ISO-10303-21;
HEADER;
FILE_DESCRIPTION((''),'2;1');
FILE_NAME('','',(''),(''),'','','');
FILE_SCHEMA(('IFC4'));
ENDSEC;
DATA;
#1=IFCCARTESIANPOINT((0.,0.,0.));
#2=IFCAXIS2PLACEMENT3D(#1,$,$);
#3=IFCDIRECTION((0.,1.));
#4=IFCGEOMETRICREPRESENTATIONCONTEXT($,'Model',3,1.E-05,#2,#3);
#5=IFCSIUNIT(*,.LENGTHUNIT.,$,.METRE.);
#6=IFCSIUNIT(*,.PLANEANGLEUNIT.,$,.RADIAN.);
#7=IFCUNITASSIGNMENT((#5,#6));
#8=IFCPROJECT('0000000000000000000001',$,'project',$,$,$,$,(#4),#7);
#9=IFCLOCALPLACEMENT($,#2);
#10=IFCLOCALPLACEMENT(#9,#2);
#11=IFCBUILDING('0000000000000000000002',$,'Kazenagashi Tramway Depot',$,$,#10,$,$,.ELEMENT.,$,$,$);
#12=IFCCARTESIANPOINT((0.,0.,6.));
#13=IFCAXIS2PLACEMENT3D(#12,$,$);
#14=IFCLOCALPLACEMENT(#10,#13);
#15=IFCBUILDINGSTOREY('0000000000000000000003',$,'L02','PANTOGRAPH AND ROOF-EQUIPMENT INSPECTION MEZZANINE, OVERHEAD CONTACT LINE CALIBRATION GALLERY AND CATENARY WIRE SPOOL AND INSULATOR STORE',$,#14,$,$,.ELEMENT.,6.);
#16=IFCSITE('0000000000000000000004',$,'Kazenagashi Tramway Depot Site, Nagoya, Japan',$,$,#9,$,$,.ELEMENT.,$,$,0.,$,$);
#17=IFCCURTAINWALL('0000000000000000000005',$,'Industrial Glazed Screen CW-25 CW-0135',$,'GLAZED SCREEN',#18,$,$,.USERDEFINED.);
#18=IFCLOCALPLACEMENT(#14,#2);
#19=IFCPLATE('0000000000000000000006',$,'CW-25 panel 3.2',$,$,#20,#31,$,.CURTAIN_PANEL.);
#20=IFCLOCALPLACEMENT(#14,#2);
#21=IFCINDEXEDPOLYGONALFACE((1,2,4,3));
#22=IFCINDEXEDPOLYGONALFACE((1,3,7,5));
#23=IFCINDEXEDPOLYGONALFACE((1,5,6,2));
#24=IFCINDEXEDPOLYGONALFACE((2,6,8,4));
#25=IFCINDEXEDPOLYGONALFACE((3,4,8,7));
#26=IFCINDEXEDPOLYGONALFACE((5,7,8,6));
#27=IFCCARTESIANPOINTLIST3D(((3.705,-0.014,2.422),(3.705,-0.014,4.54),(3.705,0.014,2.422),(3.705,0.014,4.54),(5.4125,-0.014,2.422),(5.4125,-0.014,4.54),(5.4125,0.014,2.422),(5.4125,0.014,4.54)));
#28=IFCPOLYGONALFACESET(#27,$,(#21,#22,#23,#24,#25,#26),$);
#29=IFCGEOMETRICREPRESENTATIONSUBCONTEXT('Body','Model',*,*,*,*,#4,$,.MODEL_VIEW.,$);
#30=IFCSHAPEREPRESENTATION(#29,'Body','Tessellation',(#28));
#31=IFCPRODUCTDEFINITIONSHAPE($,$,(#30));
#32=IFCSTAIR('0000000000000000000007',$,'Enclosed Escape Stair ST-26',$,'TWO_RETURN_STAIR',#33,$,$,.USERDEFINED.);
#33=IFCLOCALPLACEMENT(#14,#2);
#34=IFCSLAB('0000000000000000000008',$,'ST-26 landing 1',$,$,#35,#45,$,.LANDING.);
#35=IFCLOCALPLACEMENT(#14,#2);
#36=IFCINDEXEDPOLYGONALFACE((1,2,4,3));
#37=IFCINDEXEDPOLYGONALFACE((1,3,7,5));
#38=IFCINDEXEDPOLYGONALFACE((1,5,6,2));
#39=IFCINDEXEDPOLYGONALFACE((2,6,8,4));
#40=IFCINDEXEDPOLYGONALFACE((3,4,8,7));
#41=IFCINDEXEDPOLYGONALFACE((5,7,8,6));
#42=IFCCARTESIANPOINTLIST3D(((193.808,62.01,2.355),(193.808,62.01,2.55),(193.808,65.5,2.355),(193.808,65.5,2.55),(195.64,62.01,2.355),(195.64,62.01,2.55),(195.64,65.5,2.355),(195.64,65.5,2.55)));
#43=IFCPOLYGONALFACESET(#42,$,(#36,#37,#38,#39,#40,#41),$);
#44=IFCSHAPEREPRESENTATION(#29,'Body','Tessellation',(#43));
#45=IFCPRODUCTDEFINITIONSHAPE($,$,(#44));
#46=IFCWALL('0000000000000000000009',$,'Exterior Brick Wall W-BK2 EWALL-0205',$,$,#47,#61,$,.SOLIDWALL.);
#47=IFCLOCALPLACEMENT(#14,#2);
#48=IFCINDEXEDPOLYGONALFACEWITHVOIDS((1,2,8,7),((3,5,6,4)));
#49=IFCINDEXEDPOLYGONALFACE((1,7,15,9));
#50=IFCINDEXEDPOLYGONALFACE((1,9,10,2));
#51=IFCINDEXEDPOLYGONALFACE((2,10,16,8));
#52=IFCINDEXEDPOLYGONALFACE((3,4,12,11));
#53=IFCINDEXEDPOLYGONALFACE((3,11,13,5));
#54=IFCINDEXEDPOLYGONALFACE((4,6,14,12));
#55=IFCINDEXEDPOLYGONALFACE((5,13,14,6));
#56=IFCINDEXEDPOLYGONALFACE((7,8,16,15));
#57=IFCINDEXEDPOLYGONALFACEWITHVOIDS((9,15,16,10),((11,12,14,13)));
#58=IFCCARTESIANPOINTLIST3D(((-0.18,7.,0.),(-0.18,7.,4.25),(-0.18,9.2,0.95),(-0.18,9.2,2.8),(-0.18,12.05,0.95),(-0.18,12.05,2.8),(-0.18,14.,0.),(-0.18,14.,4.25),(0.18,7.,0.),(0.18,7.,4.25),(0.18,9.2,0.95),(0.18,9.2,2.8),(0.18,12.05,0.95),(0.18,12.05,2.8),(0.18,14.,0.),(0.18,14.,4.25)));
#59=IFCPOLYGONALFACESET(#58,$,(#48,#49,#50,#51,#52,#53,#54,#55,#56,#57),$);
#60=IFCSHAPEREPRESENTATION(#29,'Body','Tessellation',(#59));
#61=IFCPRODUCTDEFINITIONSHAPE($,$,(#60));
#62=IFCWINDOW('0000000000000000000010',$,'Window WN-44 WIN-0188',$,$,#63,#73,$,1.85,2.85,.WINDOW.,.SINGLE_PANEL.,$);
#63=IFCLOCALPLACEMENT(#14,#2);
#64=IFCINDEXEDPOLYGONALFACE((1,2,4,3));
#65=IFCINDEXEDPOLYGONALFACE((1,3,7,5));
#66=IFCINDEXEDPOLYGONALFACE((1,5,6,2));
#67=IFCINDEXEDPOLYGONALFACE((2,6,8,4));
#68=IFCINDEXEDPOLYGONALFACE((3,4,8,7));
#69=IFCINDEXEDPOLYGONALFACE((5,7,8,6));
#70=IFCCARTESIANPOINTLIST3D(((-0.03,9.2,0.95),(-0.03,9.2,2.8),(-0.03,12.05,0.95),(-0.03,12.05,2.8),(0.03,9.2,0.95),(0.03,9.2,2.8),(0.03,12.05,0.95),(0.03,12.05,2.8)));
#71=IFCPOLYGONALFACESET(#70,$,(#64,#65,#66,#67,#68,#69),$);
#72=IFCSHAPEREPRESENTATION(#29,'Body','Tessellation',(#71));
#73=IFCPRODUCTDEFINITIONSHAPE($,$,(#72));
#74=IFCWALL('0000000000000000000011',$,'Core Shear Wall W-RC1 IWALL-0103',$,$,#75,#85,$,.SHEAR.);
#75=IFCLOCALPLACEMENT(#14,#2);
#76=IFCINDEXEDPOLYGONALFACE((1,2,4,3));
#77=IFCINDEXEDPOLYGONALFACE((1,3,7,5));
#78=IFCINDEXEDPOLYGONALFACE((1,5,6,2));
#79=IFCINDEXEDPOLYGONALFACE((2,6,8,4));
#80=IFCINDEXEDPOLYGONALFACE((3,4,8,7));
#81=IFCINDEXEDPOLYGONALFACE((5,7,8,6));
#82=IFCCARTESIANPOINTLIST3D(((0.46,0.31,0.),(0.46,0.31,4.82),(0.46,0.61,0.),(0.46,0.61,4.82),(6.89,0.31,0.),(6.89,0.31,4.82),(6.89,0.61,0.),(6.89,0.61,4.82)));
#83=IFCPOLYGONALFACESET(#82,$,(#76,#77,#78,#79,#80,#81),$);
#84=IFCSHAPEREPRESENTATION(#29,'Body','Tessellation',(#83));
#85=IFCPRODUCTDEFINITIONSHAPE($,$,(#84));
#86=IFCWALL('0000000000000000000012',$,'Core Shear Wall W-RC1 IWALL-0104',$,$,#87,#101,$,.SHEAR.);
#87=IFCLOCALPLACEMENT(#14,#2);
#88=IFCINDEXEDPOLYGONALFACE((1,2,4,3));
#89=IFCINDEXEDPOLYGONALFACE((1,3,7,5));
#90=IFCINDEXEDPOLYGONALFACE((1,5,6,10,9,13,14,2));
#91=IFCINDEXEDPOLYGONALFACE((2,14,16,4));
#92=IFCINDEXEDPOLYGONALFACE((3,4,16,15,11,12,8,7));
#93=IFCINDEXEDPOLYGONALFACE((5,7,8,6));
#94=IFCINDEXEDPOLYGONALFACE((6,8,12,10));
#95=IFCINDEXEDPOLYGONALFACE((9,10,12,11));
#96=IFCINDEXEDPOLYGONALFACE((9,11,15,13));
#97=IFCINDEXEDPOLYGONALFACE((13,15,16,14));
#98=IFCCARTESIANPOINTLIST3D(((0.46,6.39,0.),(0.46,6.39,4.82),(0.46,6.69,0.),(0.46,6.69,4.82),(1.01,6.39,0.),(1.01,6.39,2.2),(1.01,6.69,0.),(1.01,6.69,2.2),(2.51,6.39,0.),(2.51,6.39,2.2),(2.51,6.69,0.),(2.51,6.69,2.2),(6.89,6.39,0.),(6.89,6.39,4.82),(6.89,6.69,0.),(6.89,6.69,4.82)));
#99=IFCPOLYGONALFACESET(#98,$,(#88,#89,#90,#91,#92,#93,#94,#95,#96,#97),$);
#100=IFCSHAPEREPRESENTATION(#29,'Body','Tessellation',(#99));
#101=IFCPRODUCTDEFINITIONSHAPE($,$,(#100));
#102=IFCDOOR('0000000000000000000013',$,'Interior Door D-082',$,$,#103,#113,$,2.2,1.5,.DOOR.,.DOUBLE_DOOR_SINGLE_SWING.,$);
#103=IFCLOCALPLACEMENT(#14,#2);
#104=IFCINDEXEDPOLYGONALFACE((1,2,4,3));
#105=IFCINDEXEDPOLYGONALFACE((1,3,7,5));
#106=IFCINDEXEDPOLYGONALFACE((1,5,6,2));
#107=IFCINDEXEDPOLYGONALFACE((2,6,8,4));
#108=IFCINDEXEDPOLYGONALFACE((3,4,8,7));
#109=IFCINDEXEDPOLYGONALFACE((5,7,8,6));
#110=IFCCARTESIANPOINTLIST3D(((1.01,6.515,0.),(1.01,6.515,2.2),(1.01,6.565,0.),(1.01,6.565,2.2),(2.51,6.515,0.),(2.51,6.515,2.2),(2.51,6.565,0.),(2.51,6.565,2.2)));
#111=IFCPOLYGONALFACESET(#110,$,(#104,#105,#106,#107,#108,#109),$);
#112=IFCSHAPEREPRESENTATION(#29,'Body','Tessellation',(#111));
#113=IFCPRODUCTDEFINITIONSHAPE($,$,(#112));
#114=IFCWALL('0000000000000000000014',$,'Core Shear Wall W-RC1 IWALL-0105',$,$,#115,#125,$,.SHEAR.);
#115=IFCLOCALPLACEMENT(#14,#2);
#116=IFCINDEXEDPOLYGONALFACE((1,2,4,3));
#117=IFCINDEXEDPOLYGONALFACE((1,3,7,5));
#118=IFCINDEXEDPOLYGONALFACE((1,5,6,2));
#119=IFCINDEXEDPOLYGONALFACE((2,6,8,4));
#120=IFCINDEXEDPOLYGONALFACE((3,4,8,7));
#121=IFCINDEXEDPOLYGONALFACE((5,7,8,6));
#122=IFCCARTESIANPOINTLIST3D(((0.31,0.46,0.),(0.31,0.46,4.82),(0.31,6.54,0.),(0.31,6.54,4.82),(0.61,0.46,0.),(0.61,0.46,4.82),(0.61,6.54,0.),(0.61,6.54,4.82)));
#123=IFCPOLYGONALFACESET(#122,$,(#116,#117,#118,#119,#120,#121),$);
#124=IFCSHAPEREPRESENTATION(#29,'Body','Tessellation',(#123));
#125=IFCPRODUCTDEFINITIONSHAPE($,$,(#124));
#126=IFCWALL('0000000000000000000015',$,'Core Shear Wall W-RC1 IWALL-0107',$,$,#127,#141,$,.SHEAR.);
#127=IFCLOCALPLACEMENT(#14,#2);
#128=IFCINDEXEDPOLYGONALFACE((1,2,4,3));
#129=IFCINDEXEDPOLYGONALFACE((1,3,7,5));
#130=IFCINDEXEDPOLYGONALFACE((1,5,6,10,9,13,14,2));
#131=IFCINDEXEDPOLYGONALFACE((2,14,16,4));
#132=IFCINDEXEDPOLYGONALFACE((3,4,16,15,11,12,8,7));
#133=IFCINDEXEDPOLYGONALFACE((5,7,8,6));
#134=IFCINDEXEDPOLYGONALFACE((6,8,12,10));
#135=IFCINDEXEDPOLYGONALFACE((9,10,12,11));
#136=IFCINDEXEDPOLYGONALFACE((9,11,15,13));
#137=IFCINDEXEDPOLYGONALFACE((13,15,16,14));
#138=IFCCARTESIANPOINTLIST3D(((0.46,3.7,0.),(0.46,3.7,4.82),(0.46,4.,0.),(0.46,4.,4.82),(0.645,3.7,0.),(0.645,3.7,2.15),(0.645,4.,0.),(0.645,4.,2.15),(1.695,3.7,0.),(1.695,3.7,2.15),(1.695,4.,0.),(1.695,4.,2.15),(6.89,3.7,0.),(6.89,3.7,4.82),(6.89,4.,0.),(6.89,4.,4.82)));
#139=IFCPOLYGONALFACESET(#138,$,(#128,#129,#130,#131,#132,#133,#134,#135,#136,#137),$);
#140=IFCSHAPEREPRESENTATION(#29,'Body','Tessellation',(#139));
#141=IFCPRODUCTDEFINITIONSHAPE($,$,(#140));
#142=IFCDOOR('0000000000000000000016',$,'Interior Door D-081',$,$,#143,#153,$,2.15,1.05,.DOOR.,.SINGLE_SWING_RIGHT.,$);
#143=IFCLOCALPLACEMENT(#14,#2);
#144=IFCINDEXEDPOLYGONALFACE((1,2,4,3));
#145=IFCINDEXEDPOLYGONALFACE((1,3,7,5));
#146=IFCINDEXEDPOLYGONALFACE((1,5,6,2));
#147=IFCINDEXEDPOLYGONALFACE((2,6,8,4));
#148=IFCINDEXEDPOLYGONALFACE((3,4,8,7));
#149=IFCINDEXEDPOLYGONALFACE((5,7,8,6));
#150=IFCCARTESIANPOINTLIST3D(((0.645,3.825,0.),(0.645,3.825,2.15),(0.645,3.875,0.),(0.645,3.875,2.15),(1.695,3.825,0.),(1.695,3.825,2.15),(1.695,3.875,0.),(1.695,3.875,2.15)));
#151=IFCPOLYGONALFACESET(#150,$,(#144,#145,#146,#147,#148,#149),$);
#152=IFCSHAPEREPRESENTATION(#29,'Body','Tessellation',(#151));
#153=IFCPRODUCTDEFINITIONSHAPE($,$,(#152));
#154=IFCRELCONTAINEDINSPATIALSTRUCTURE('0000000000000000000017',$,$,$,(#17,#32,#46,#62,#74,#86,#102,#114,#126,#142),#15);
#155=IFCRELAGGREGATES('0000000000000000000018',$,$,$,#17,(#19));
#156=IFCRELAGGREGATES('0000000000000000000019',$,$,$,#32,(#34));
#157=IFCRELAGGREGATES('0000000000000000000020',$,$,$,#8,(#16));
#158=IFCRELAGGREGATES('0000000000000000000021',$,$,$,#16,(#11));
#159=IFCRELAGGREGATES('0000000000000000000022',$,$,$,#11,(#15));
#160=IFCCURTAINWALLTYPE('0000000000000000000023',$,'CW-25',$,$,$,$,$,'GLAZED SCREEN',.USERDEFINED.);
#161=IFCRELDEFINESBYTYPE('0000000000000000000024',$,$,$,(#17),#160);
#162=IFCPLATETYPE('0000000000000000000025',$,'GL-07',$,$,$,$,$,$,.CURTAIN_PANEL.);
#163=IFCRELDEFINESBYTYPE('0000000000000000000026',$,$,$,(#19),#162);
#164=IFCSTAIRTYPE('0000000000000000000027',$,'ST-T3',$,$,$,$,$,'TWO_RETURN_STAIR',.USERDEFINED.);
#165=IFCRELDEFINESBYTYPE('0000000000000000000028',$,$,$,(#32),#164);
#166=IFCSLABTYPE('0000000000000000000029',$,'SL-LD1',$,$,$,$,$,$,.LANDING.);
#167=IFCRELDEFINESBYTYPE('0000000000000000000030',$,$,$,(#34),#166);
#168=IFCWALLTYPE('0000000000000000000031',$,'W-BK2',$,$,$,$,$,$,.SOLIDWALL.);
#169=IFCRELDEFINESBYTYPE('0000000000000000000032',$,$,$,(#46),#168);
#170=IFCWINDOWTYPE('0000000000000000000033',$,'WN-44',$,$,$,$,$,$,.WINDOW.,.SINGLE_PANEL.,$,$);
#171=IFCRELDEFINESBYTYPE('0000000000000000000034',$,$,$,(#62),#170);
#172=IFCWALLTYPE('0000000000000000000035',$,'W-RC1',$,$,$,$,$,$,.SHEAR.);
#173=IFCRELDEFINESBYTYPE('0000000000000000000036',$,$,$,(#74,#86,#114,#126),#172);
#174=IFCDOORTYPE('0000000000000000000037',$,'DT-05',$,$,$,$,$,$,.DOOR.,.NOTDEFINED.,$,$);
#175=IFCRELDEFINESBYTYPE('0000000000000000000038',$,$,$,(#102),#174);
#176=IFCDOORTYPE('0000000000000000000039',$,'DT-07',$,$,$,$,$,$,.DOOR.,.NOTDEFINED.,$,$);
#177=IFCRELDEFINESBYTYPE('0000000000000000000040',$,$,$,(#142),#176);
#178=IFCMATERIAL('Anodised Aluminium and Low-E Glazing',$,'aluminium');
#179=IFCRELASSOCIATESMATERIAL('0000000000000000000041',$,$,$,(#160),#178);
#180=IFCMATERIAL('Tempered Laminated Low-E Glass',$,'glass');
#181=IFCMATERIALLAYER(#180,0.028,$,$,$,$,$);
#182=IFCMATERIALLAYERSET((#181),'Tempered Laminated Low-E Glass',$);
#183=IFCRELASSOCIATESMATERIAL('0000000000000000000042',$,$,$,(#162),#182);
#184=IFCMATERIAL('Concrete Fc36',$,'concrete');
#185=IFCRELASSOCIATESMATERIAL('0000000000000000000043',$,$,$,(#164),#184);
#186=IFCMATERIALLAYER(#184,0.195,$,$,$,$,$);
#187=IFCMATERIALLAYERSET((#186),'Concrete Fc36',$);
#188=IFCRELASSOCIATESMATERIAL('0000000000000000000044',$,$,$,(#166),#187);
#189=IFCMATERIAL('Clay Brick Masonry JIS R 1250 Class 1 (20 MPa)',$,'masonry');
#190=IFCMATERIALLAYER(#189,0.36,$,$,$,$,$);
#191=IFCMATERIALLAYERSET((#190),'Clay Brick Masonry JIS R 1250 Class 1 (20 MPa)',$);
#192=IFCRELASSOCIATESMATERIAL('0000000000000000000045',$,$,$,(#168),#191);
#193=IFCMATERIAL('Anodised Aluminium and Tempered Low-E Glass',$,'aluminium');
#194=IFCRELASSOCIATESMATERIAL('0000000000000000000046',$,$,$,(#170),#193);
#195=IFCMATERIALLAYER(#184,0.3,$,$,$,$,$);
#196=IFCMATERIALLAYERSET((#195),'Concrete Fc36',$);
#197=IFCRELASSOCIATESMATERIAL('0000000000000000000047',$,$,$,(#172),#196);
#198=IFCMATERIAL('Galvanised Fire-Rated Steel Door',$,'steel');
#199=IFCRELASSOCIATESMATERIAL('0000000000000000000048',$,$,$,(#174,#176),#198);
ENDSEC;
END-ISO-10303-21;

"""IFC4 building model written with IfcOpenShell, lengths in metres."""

from ifc_helpers import new_model, si_unit, direction, frame, frame_2d, origin, origin_2d, place, context, subcontext, project, spatial, polyline, rectangle, outline, extrude, material, layer, layer_set, type_object, element, fill, aggregate, save


model = new_model("IFC4")

# Units and contexts
model_context = context("Model", 3, precision=1e-05, world=origin(), true_north=direction((0.0, 1.0)))
body_context = subcontext(model_context, "Body", "Model", "MODEL_VIEW")
ifc_project = project(units=[si_unit("LENGTHUNIT", "METRE"), si_unit("PLANEANGLEUNIT", "RADIAN")], contexts=[model_context])

# Site, building, storey
site_placement = place(None, origin())
site = spatial("IfcSite", under=ifc_project, at=site_placement, Name="Kazenagashi Tramway Depot Site, Nagoya, Japan", CompositionType="ELEMENT", RefElevation=0.0)
building_placement = place(site_placement, origin())
building = spatial("IfcBuilding", under=site, at=building_placement, Name="Kazenagashi Tramway Depot", CompositionType="ELEMENT")
storey_placement = place(building_placement, frame((0.0, 0.0, 6.0)))
storey = spatial("IfcBuildingStorey", under=building, at=storey_placement, Name="L02", Description="PANTOGRAPH AND ROOF-EQUIPMENT INSPECTION MEZZANINE, OVERHEAD CONTACT LINE CALIBRATION GALLERY AND CATENARY WIRE SPOOL AND INSULATOR STORE", CompositionType="ELEMENT", Elevation=6.0)

# Curtain wall
ifc_material_1 = material(Name="Anodised Aluminium and Low-E Glazing", Category="aluminium")
curtain_wall_type = type_object("IfcCurtainWallType", Name="CW-25", ElementType="GLAZED SCREEN", PredefinedType="USERDEFINED", material=ifc_material_1)
curtain_wall_placement = place(storey_placement, origin())
curtain_wall = element("IfcCurtainWall", 1, at=curtain_wall_placement, inside=storey, type_object=curtain_wall_type, Name="Industrial Glazed Screen CW-25 CW-0135", ObjectType="GLAZED SCREEN", PredefinedType="USERDEFINED")

# Plate
ifc_material_2 = material(Name="Tempered Laminated Low-E Glass", Category="glass")
ifc_layer_1 = layer(ifc_material_2, 0.028)
ifc_layer_set_1 = layer_set([ifc_layer_1], Name="Tempered Laminated Low-E Glass")
plate_type = type_object("IfcPlateType", Name="GL-07", PredefinedType="CURTAIN_PANEL", material=ifc_layer_set_1)
plate_1_placement = place(storey_placement, frame((4.5587, 0.0, 2.422), z_axis=(0.0, 0.0, 1.0), x_axis=(1.0, 0.0, 0.0)))
plate_1 = element("IfcPlate", 2, at=plate_1_placement, type_object=plate_type, Name="CW-25 panel 3.2", PredefinedType="CURTAIN_PANEL", context=body_context, shape_type="SweptSolid", body=[
    extrude(rectangle(XDim=1.7075, YDim=0.028, at=origin_2d()), origin(), (0.0, 0.0, 1.0), 2.118),
])
aggregate(curtain_wall, [plate_1])

# Stair, slab
ifc_material_3 = material(Name="Concrete Fc36", Category="concrete")
stair_type_1 = type_object("IfcStairType", Name="ST-T3", ElementType="TWO_RETURN_STAIR", PredefinedType="USERDEFINED", material=ifc_material_3)
stair_1_placement = place(storey_placement, origin())
stair_1 = element("IfcStair", 3, at=stair_1_placement, inside=storey, type_object=stair_type_1, Name="Enclosed Escape Stair ST-26", ObjectType="TWO_RETURN_STAIR", PredefinedType="USERDEFINED")
ifc_layer_2 = layer(ifc_material_3, 0.195)
ifc_layer_set_2 = layer_set([ifc_layer_2], Name="Concrete Fc36")
slab_type = type_object("IfcSlabType", Name="SL-LD1", PredefinedType="LANDING", material=ifc_layer_set_2)
slab_placement = place(storey_placement, frame((0.0, 0.0, 2.355)))
slab = element("IfcSlab", 4, at=slab_placement, type_object=slab_type, Name="ST-26 landing 1", PredefinedType="LANDING", context=body_context, shape_type="SweptSolid", body=[
    extrude(outline(polyline([(193.808, 62.01), (195.64, 62.01), (195.64, 65.5), (193.808, 65.5), (193.808, 62.01)])), origin(), (0.0, 0.0, 1.0), 0.195),
])
aggregate(stair_1, [slab])

# Wall, opening, window
ifc_material_4 = material(Name="Clay Brick Masonry JIS R 1250 Class 1 (20 MPa)", Category="masonry")
ifc_layer_3 = layer(ifc_material_4, 0.36)
ifc_layer_set_3 = layer_set([ifc_layer_3], Name="Clay Brick Masonry JIS R 1250 Class 1 (20 MPa)")
wall_type_1 = type_object("IfcWallType", Name="W-BK2", PredefinedType="SOLIDWALL", material=ifc_layer_set_3)
wall_1_placement = place(storey_placement, frame((0.0, 7.0, 0.0), z_axis=(0.0, 0.0, 1.0), x_axis=(0.0, 1.0, 0.0)))
wall_1 = element("IfcWall", 5, at=wall_1_placement, inside=storey, type_object=wall_type_1, Name="Exterior Brick Wall W-BK2 EWALL-0205", PredefinedType="SOLIDWALL", context=body_context, shape_type="SweptSolid", body=[
    extrude(rectangle(XDim=7.0, YDim=0.36, at=frame_2d((3.5, 0.0))), origin(), (0.0, 0.0, 1.0), 4.25),
])
opening_1_placement = place(wall_1_placement, frame((2.2, 0.0, 0.95)))
opening_1 = element("IfcOpeningElement", 6, at=opening_1_placement, cuts=wall_1, PredefinedType="OPENING", context=body_context, shape_type="SweptSolid", body=[
    extrude(rectangle(XDim=2.85, YDim=1.85, at=frame_2d((1.425, 0.925))), frame((0.0, 0.19, 0.0), z_axis=(0.0, -1.0, 0.0), x_axis=(1.0, 0.0, 0.0)), (0.0, 0.0, 1.0), 0.38),
])
ifc_material_5 = material(Name="Anodised Aluminium and Tempered Low-E Glass", Category="aluminium")
window_type = type_object("IfcWindowType", Name="WN-44", PartitioningType="SINGLE_PANEL", PredefinedType="WINDOW", material=ifc_material_5)
window_placement = place(opening_1_placement, origin())
window = element("IfcWindow", 7, at=window_placement, inside=storey, type_object=window_type, Name="Window WN-44 WIN-0188", OverallHeight=1.85, OverallWidth=2.85, PartitioningType="SINGLE_PANEL", PredefinedType="WINDOW", context=body_context, shape_type="SweptSolid", body=[
    extrude(rectangle(XDim=2.85, YDim=1.85, at=frame_2d((1.425, 0.925))), frame((0.0, 0.03, 0.0), z_axis=(0.0, -1.0, 0.0), x_axis=(1.0, 0.0, 0.0)), (0.0, 0.0, 1.0), 0.06),
])
fill(opening_1, window)

# Wall
ifc_layer_4 = layer(ifc_material_3, 0.3)
ifc_layer_set_4 = layer_set([ifc_layer_4], Name="Concrete Fc36")
wall_type_2 = type_object("IfcWallType", Name="W-RC1", PredefinedType="SHEAR", material=ifc_layer_set_4)
wall_2_placement = place(storey_placement, frame((0.46, 0.46, 0.0), z_axis=(0.0, 0.0, 1.0), x_axis=(1.0, 0.0, 0.0)))
element("IfcWall", 8, at=wall_2_placement, inside=storey, type_object=wall_type_2, Name="Core Shear Wall W-RC1 IWALL-0103", PredefinedType="SHEAR", context=body_context, shape_type="SweptSolid", body=[
    extrude(rectangle(XDim=6.43, YDim=0.3, at=frame_2d((3.215, 0.0))), origin(), (0.0, 0.0, 1.0), 4.82),
])

# Wall, opening, door
wall_3_placement = place(storey_placement, frame((0.46, 6.54, 0.0), z_axis=(0.0, 0.0, 1.0), x_axis=(1.0, 0.0, 0.0)))
wall_3 = element("IfcWall", 9, at=wall_3_placement, inside=storey, type_object=wall_type_2, Name="Core Shear Wall W-RC1 IWALL-0104", PredefinedType="SHEAR", context=body_context, shape_type="SweptSolid", body=[
    extrude(rectangle(XDim=6.43, YDim=0.3, at=frame_2d((3.215, 0.0))), origin(), (0.0, 0.0, 1.0), 4.82),
])
opening_2_placement = place(wall_3_placement, frame((0.55, 0.0, 0.0)))
opening_2 = element("IfcOpeningElement", 10, at=opening_2_placement, cuts=wall_3, PredefinedType="OPENING", context=body_context, shape_type="SweptSolid", body=[
    extrude(rectangle(XDim=1.5, YDim=2.2, at=frame_2d((0.75, 1.1))), frame((0.0, 0.16, 0.0), z_axis=(0.0, -1.0, 0.0), x_axis=(1.0, 0.0, 0.0)), (0.0, 0.0, 1.0), 0.32),
])
ifc_material_6 = material(Name="Galvanised Fire-Rated Steel Door", Category="steel")
door_type_1 = type_object("IfcDoorType", Name="DT-05", OperationType="NOTDEFINED", PredefinedType="DOOR", material=ifc_material_6)
door_1_placement = place(opening_2_placement, origin())
door_1 = element("IfcDoor", 11, at=door_1_placement, inside=storey, type_object=door_type_1, Name="Interior Door D-082", OperationType="DOUBLE_DOOR_SINGLE_SWING", OverallHeight=2.2, OverallWidth=1.5, PredefinedType="DOOR", context=body_context, shape_type="SweptSolid", body=[
    extrude(rectangle(XDim=1.5, YDim=2.2, at=frame_2d((0.75, 1.1))), frame((0.0, 0.025, 0.0), z_axis=(0.0, -1.0, 0.0), x_axis=(1.0, 0.0, 0.0)), (0.0, 0.0, 1.0), 0.05),
])
fill(opening_2, door_1)

# Wall
wall_4_placement = place(storey_placement, frame((0.46, 0.46, 0.0), z_axis=(0.0, 0.0, 1.0), x_axis=(0.0, 1.0, 0.0)))
element("IfcWall", 12, at=wall_4_placement, inside=storey, type_object=wall_type_2, Name="Core Shear Wall W-RC1 IWALL-0105", PredefinedType="SHEAR", context=body_context, shape_type="SweptSolid", body=[
    extrude(rectangle(XDim=6.08, YDim=0.3, at=frame_2d((3.04, 0.0))), origin(), (0.0, 0.0, 1.0), 4.82),
])

# Wall, opening, door
wall_5_placement = place(storey_placement, frame((0.46, 3.85, 0.0), z_axis=(0.0, 0.0, 1.0), x_axis=(1.0, 0.0, 0.0)))
wall_5 = element("IfcWall", 13, at=wall_5_placement, inside=storey, type_object=wall_type_2, Name="Core Shear Wall W-RC1 IWALL-0107", PredefinedType="SHEAR", context=body_context, shape_type="SweptSolid", body=[
    extrude(rectangle(XDim=6.43, YDim=0.3, at=frame_2d((3.215, 0.0))), origin(), (0.0, 0.0, 1.0), 4.82),
])
opening_3_placement = place(wall_5_placement, frame((0.185, 0.0, 0.0)))
opening_3 = element("IfcOpeningElement", 14, at=opening_3_placement, cuts=wall_5, PredefinedType="OPENING", context=body_context, shape_type="SweptSolid", body=[
    extrude(rectangle(XDim=1.05, YDim=2.15, at=frame_2d((0.525, 1.075))), frame((0.0, 0.16, 0.0), z_axis=(0.0, -1.0, 0.0), x_axis=(1.0, 0.0, 0.0)), (0.0, 0.0, 1.0), 0.32),
])
door_type_2 = type_object("IfcDoorType", Name="DT-07", OperationType="NOTDEFINED", PredefinedType="DOOR", material=ifc_material_6)
door_2_placement = place(opening_3_placement, origin())
door_2 = element("IfcDoor", 15, at=door_2_placement, inside=storey, type_object=door_type_2, Name="Interior Door D-081", OperationType="SINGLE_SWING_RIGHT", OverallHeight=2.15, OverallWidth=1.05, PredefinedType="DOOR", context=body_context, shape_type="SweptSolid", body=[
    extrude(rectangle(XDim=1.05, YDim=2.15, at=frame_2d((0.525, 1.075))), frame((0.0, 0.025, 0.0), z_axis=(0.0, -1.0, 0.0), x_axis=(1.0, 0.0, 0.0)), (0.0, 0.0, 1.0), 0.05),
])
fill(opening_3, door_2)

save(model, "model.ifc")
